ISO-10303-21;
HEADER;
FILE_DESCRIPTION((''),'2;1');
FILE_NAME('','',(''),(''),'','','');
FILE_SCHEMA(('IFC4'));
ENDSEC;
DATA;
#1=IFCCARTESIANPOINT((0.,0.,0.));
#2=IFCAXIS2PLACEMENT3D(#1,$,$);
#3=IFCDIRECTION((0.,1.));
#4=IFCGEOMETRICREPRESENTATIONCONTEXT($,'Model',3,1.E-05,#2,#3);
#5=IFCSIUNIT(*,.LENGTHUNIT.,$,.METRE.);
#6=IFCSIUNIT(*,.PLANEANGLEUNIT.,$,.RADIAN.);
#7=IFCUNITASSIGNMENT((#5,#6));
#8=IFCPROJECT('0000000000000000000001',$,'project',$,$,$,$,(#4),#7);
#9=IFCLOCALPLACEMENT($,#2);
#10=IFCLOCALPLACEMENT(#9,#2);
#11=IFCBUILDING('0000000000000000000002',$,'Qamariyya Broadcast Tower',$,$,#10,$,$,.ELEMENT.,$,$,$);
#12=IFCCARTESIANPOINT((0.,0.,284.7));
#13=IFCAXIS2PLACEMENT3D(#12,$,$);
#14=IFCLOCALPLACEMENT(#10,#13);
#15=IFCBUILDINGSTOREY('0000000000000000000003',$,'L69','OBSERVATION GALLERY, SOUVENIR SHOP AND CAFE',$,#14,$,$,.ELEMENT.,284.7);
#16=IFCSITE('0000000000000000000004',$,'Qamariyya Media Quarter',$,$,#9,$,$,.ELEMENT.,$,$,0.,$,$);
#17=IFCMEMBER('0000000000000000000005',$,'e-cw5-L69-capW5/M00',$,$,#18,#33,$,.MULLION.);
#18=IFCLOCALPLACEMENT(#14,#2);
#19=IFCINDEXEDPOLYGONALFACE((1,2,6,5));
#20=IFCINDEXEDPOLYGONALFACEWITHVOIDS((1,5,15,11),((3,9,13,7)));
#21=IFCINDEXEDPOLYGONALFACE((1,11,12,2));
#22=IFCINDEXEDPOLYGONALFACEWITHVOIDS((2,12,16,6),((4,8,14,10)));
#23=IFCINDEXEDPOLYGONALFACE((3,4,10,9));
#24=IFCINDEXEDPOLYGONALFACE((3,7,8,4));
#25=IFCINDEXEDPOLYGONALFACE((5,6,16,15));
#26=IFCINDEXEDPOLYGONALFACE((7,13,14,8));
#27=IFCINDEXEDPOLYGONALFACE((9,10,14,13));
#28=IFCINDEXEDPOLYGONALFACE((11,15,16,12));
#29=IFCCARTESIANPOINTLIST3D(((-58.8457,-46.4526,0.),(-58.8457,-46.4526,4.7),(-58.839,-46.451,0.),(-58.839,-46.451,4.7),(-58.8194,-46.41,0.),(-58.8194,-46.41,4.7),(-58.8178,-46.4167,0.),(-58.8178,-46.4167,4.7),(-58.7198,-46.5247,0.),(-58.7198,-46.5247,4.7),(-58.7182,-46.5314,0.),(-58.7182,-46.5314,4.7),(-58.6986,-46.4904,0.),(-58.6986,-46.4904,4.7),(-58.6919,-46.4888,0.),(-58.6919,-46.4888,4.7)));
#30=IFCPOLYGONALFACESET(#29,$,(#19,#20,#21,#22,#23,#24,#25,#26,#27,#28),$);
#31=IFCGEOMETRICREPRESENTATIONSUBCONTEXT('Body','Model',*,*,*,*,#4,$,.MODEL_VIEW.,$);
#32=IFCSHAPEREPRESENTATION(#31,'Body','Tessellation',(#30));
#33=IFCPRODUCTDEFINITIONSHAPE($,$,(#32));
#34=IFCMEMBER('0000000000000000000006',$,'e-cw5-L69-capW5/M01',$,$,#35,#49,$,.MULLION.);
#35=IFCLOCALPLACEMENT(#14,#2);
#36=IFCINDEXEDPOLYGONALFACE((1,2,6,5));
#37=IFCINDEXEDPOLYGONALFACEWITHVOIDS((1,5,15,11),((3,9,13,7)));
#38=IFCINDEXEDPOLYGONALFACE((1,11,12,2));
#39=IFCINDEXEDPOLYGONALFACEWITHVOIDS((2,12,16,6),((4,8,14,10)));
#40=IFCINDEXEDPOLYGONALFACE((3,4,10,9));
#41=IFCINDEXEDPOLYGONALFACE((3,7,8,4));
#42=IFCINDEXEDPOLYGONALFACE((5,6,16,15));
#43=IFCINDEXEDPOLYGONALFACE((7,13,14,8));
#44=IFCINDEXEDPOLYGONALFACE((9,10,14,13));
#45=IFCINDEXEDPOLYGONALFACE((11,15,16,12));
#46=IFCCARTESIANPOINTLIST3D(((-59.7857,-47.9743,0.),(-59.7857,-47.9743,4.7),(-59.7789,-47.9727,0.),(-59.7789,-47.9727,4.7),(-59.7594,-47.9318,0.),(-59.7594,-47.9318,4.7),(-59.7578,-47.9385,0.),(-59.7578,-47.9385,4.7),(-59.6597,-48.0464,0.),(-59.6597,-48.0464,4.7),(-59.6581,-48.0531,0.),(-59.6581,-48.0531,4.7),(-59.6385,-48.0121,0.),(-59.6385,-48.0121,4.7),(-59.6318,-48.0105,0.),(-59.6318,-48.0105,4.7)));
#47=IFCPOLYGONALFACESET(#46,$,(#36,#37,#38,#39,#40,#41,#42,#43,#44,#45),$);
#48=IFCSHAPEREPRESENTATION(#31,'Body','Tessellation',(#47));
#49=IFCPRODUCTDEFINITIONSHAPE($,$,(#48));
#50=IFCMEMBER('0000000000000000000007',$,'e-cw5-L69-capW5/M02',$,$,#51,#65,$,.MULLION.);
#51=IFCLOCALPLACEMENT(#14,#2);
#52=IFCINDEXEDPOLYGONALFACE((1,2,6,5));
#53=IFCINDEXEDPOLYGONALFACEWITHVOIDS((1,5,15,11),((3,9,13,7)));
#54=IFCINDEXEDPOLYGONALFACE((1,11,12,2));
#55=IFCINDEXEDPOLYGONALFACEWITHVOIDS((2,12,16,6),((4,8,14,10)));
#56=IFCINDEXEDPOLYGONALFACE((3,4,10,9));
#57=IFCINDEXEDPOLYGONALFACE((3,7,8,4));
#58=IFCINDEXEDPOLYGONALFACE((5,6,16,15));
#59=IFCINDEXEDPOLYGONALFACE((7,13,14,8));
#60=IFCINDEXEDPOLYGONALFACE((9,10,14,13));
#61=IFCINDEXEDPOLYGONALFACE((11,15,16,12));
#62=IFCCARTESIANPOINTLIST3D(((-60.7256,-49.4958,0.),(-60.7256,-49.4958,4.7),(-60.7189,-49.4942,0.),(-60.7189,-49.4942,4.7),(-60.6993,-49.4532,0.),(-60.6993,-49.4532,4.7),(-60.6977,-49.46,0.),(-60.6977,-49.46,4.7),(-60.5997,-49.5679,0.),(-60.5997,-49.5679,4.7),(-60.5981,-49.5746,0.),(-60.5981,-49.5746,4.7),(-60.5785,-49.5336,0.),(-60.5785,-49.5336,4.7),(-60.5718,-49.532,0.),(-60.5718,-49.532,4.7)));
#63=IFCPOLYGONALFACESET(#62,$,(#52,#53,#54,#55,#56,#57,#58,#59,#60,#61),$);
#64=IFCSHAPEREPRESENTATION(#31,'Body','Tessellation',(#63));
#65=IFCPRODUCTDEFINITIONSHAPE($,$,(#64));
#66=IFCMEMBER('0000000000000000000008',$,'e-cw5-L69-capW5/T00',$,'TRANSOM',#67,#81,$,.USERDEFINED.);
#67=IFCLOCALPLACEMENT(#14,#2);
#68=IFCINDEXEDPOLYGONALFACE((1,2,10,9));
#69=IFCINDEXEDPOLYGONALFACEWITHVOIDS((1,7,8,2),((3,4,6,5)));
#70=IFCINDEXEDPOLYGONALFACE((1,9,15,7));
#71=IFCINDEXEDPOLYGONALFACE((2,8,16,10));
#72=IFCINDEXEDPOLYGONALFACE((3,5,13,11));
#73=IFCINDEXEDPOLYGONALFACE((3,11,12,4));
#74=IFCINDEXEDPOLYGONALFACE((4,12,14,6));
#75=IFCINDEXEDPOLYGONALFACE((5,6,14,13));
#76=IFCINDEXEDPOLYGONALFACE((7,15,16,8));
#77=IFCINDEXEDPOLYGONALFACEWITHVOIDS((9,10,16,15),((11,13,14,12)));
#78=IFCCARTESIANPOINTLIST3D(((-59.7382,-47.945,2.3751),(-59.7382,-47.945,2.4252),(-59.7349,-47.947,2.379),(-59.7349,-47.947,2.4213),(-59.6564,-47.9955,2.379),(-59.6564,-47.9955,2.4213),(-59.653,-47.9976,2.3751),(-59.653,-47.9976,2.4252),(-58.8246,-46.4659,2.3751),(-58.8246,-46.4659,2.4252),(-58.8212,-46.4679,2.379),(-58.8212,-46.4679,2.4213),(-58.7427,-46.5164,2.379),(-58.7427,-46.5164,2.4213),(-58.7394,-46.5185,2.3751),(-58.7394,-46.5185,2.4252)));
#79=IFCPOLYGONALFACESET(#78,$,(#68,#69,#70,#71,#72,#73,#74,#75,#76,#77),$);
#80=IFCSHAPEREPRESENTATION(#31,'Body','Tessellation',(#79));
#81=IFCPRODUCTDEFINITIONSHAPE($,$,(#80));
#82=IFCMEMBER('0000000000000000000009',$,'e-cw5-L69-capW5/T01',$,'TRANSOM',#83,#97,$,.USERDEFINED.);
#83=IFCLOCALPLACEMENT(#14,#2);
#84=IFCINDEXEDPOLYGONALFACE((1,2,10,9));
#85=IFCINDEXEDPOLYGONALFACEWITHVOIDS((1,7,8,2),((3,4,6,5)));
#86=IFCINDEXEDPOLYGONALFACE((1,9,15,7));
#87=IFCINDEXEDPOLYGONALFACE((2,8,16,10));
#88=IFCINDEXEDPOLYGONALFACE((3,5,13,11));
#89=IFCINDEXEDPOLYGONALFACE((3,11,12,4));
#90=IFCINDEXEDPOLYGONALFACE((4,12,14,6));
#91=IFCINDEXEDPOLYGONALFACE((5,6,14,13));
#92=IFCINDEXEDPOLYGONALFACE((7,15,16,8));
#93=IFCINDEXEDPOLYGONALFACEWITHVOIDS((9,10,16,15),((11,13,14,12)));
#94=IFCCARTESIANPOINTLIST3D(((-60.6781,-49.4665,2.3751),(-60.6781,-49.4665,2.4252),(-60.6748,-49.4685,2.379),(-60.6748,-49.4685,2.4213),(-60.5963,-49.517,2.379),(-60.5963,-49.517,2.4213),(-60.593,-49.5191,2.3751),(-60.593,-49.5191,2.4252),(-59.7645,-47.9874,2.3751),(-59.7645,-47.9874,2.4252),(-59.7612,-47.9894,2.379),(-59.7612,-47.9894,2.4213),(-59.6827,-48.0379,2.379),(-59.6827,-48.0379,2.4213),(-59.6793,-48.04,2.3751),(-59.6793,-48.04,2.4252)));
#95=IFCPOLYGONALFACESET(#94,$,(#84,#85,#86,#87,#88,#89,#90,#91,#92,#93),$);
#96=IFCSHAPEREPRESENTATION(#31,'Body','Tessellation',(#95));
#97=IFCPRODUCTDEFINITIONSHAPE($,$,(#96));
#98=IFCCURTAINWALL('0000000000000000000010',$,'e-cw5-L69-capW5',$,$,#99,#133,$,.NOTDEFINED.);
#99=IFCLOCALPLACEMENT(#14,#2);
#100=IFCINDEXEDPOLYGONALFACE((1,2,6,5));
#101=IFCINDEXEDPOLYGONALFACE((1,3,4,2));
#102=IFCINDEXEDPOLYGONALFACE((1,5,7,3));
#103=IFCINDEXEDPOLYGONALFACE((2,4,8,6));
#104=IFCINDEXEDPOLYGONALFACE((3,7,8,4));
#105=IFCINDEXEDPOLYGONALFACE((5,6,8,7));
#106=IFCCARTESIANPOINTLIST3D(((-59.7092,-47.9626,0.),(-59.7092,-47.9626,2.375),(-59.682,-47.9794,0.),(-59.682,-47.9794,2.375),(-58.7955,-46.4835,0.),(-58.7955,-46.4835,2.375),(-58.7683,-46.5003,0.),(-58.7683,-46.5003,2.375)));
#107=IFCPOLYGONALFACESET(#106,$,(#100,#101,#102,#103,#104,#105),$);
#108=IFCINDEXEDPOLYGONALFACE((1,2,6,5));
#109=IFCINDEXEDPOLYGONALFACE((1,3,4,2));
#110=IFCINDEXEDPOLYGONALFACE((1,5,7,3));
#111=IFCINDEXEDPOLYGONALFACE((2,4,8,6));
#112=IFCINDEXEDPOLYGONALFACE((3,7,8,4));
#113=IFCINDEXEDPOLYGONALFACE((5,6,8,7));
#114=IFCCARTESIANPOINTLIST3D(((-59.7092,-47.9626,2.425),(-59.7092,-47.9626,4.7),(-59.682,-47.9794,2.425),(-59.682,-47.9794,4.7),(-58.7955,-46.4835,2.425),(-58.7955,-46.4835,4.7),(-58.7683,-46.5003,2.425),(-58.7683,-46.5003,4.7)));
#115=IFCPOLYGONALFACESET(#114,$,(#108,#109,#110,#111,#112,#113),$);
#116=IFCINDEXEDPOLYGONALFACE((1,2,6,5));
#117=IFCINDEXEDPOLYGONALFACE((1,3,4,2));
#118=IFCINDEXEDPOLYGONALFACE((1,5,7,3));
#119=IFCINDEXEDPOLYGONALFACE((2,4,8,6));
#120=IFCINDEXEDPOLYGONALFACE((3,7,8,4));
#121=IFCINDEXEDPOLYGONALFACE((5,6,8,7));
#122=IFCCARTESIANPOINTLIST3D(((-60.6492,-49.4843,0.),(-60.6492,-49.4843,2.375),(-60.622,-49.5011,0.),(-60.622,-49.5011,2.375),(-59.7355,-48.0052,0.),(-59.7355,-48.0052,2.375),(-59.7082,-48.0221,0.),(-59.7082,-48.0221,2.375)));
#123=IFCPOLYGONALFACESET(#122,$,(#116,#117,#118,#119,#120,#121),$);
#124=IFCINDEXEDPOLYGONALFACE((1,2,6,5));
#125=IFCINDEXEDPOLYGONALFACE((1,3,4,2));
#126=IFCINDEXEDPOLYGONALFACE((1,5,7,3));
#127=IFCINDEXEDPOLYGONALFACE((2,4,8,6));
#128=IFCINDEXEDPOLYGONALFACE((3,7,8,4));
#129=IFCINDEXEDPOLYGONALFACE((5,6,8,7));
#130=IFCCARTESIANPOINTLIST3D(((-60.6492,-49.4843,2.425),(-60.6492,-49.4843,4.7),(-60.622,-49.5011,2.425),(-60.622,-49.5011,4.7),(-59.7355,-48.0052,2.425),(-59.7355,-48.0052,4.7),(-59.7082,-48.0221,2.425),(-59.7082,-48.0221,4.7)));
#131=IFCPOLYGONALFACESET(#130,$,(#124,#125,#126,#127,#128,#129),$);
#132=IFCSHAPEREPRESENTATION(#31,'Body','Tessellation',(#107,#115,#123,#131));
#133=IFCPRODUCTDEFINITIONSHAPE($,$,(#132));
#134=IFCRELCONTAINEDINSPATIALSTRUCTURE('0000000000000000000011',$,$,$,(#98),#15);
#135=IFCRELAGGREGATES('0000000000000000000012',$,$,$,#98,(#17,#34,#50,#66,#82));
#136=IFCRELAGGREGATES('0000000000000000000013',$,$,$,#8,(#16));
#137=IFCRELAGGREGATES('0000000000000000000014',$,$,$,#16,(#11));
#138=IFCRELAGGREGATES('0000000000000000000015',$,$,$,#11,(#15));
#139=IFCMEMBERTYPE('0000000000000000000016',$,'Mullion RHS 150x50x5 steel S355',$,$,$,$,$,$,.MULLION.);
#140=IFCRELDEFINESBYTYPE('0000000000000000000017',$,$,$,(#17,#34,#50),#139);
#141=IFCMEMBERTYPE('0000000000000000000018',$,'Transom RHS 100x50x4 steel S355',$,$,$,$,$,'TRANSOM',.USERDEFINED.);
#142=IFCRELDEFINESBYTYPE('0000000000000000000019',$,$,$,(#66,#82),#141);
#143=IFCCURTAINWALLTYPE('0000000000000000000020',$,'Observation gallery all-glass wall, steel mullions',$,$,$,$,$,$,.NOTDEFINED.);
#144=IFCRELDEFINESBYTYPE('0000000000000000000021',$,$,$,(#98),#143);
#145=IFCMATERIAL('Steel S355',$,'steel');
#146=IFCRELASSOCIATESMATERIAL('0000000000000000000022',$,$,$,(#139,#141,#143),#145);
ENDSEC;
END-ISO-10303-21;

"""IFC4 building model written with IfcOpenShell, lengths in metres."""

from ifc_helpers import new_model, si_unit, direction, frame, origin, origin_2d, place, context, subcontext, project, spatial, rectangle, hollow_rectangle, extrude, material, material_profile, profile_set, type_object, element, aggregate, save


model = new_model("IFC4")

# Units and contexts
model_context = context("Model", 3, precision=1e-05, world=origin(), true_north=direction((0.0, 1.0)))
body_context = subcontext(model_context, "Body", "Model", "MODEL_VIEW")
ifc_project = project(units=[si_unit("LENGTHUNIT", "METRE"), si_unit("PLANEANGLEUNIT", "RADIAN")], contexts=[model_context])

# Members
ifc_material = material(Name="Steel S355", Category="steel")
ifc_material_profile_1 = material_profile(ifc_material, hollow_rectangle(XDim=0.1499, YDim=0.05, WallThickness=0.0049, at=origin_2d()))
ifc_profile_set_1 = profile_set([ifc_material_profile_1], Name="Steel S355")
member_type_1 = type_object("IfcMemberType", Name="Mullion RHS 150x50x5 steel S355", PredefinedType="MULLION", material=ifc_profile_set_1)
site_placement = place(None, origin())
building_placement = place(site_placement, origin())
storey_placement = place(building_placement, frame((0.0, 0.0, 284.7)))
member_1_placement = place(storey_placement, frame((-58.7688, -46.4707, 0.0), z_axis=(0.0, 0.0, 1.0), x_axis=(0.850757, -0.525559, 0.0)))
member_1 = element("IfcMember", 1, at=member_1_placement, type_object=member_type_1, Name="e-cw5-L69-capW5/M00", PredefinedType="MULLION", context=body_context, shape_type="SweptSolid", body=[
    extrude(hollow_rectangle(XDim=0.1499, YDim=0.05, WallThickness=0.0049, at=origin_2d()), origin(), (0.0, 0.0, 1.0), 4.7),
])
member_2_placement = place(storey_placement, frame((-59.7087, -47.9924, 0.0), z_axis=(0.0, 0.0, 1.0), x_axis=(0.850757, -0.525559, 0.0)))
member_2 = element("IfcMember", 2, at=member_2_placement, type_object=member_type_1, Name="e-cw5-L69-capW5/M01", PredefinedType="MULLION", context=body_context, shape_type="SweptSolid", body=[
    extrude(hollow_rectangle(XDim=0.1499, YDim=0.05, WallThickness=0.0049, at=origin_2d()), origin(), (0.0, 0.0, 1.0), 4.7),
])
member_3_placement = place(storey_placement, frame((-60.6487, -49.5139, 0.0), z_axis=(0.0, 0.0, 1.0), x_axis=(0.850757, -0.525559, 0.0)))
member_3 = element("IfcMember", 3, at=member_3_placement, type_object=member_type_1, Name="e-cw5-L69-capW5/M02", PredefinedType="MULLION", context=body_context, shape_type="SweptSolid", body=[
    extrude(hollow_rectangle(XDim=0.1499, YDim=0.05, WallThickness=0.0049, at=origin_2d()), origin(), (0.0, 0.0, 1.0), 4.7),
])
ifc_material_profile_2 = material_profile(ifc_material, hollow_rectangle(XDim=0.1001, YDim=0.05, WallThickness=0.0039, at=origin_2d()))
ifc_profile_set_2 = profile_set([ifc_material_profile_2], Name="Steel S355")
member_type_2 = type_object("IfcMemberType", Name="Transom RHS 100x50x4 steel S355", ElementType="TRANSOM", PredefinedType="USERDEFINED", material=ifc_profile_set_2)
member_4_placement = place(storey_placement, frame((-58.782, -46.4922, 2.4001), z_axis=(-0.525523, -0.85078, 0.0), x_axis=(0.85078, -0.525523, 0.0)))
member_4 = element("IfcMember", 4, at=member_4_placement, type_object=member_type_2, Name="e-cw5-L69-capW5/T00", ObjectType="TRANSOM", PredefinedType="USERDEFINED", context=body_context, shape_type="SweptSolid", body=[
    extrude(hollow_rectangle(XDim=0.1001, YDim=0.05, WallThickness=0.0039, at=origin_2d()), origin(), (0.0, 0.0, 1.0), 1.7385),
])
member_5_placement = place(storey_placement, frame((-59.7219, -48.0137, 2.4001), z_axis=(-0.525523, -0.85078, 0.0), x_axis=(0.85078, -0.525523, 0.0)))
member_5 = element("IfcMember", 5, at=member_5_placement, type_object=member_type_2, Name="e-cw5-L69-capW5/T01", ObjectType="TRANSOM", PredefinedType="USERDEFINED", context=body_context, shape_type="SweptSolid", body=[
    extrude(hollow_rectangle(XDim=0.1001, YDim=0.05, WallThickness=0.0039, at=origin_2d()), origin(), (0.0, 0.0, 1.0), 1.7385),
])

# Site, building, storey
site = spatial("IfcSite", under=ifc_project, at=site_placement, Name="Qamariyya Media Quarter", CompositionType="ELEMENT", RefElevation=0.0)
building = spatial("IfcBuilding", under=site, at=building_placement, Name="Qamariyya Broadcast Tower", CompositionType="ELEMENT")
storey = spatial("IfcBuildingStorey", under=building, at=storey_placement, Name="L69", Description="OBSERVATION GALLERY, SOUVENIR SHOP AND CAFE", CompositionType="ELEMENT", Elevation=284.7)

# Curtain wall
curtain_wall_type = type_object("IfcCurtainWallType", Name="Observation gallery all-glass wall, steel mullions", PredefinedType="NOTDEFINED", material=ifc_material)
curtain_wall_1_placement = place(storey_placement, origin())
curtain_wall_1 = element("IfcCurtainWall", 6, at=curtain_wall_1_placement, inside=storey, type_object=curtain_wall_type, Name="e-cw5-L69-capW5", PredefinedType="NOTDEFINED", context=body_context, shape_type="SweptSolid", body=[
    extrude(rectangle(XDim=1.7385, YDim=0.032, at=origin_2d()), frame((-59.2388, -47.2314, 0.0), x_axis=(-0.525569, -0.850751, 0.0)), (0.0, 0.0, 1.0), 2.375),
    extrude(rectangle(XDim=1.7385, YDim=0.032, at=origin_2d()), frame((-59.2388, -47.2314, 2.425), x_axis=(-0.525569, -0.850751, 0.0)), (0.0, 0.0, 1.0), 2.2749),
    extrude(rectangle(XDim=1.7385, YDim=0.032, at=origin_2d()), frame((-60.1787, -48.7532, 0.0), x_axis=(-0.525569, -0.850751, 0.0)), (0.0, 0.0, 1.0), 2.375),
    extrude(rectangle(XDim=1.7385, YDim=0.032, at=origin_2d()), frame((-60.1787, -48.7532, 2.425), x_axis=(-0.525569, -0.850751, 0.0)), (0.0, 0.0, 1.0), 2.2749),
])
aggregate(curtain_wall_1, [member_1, member_2, member_3, member_4, member_5])

save(model, "model.ifc")
